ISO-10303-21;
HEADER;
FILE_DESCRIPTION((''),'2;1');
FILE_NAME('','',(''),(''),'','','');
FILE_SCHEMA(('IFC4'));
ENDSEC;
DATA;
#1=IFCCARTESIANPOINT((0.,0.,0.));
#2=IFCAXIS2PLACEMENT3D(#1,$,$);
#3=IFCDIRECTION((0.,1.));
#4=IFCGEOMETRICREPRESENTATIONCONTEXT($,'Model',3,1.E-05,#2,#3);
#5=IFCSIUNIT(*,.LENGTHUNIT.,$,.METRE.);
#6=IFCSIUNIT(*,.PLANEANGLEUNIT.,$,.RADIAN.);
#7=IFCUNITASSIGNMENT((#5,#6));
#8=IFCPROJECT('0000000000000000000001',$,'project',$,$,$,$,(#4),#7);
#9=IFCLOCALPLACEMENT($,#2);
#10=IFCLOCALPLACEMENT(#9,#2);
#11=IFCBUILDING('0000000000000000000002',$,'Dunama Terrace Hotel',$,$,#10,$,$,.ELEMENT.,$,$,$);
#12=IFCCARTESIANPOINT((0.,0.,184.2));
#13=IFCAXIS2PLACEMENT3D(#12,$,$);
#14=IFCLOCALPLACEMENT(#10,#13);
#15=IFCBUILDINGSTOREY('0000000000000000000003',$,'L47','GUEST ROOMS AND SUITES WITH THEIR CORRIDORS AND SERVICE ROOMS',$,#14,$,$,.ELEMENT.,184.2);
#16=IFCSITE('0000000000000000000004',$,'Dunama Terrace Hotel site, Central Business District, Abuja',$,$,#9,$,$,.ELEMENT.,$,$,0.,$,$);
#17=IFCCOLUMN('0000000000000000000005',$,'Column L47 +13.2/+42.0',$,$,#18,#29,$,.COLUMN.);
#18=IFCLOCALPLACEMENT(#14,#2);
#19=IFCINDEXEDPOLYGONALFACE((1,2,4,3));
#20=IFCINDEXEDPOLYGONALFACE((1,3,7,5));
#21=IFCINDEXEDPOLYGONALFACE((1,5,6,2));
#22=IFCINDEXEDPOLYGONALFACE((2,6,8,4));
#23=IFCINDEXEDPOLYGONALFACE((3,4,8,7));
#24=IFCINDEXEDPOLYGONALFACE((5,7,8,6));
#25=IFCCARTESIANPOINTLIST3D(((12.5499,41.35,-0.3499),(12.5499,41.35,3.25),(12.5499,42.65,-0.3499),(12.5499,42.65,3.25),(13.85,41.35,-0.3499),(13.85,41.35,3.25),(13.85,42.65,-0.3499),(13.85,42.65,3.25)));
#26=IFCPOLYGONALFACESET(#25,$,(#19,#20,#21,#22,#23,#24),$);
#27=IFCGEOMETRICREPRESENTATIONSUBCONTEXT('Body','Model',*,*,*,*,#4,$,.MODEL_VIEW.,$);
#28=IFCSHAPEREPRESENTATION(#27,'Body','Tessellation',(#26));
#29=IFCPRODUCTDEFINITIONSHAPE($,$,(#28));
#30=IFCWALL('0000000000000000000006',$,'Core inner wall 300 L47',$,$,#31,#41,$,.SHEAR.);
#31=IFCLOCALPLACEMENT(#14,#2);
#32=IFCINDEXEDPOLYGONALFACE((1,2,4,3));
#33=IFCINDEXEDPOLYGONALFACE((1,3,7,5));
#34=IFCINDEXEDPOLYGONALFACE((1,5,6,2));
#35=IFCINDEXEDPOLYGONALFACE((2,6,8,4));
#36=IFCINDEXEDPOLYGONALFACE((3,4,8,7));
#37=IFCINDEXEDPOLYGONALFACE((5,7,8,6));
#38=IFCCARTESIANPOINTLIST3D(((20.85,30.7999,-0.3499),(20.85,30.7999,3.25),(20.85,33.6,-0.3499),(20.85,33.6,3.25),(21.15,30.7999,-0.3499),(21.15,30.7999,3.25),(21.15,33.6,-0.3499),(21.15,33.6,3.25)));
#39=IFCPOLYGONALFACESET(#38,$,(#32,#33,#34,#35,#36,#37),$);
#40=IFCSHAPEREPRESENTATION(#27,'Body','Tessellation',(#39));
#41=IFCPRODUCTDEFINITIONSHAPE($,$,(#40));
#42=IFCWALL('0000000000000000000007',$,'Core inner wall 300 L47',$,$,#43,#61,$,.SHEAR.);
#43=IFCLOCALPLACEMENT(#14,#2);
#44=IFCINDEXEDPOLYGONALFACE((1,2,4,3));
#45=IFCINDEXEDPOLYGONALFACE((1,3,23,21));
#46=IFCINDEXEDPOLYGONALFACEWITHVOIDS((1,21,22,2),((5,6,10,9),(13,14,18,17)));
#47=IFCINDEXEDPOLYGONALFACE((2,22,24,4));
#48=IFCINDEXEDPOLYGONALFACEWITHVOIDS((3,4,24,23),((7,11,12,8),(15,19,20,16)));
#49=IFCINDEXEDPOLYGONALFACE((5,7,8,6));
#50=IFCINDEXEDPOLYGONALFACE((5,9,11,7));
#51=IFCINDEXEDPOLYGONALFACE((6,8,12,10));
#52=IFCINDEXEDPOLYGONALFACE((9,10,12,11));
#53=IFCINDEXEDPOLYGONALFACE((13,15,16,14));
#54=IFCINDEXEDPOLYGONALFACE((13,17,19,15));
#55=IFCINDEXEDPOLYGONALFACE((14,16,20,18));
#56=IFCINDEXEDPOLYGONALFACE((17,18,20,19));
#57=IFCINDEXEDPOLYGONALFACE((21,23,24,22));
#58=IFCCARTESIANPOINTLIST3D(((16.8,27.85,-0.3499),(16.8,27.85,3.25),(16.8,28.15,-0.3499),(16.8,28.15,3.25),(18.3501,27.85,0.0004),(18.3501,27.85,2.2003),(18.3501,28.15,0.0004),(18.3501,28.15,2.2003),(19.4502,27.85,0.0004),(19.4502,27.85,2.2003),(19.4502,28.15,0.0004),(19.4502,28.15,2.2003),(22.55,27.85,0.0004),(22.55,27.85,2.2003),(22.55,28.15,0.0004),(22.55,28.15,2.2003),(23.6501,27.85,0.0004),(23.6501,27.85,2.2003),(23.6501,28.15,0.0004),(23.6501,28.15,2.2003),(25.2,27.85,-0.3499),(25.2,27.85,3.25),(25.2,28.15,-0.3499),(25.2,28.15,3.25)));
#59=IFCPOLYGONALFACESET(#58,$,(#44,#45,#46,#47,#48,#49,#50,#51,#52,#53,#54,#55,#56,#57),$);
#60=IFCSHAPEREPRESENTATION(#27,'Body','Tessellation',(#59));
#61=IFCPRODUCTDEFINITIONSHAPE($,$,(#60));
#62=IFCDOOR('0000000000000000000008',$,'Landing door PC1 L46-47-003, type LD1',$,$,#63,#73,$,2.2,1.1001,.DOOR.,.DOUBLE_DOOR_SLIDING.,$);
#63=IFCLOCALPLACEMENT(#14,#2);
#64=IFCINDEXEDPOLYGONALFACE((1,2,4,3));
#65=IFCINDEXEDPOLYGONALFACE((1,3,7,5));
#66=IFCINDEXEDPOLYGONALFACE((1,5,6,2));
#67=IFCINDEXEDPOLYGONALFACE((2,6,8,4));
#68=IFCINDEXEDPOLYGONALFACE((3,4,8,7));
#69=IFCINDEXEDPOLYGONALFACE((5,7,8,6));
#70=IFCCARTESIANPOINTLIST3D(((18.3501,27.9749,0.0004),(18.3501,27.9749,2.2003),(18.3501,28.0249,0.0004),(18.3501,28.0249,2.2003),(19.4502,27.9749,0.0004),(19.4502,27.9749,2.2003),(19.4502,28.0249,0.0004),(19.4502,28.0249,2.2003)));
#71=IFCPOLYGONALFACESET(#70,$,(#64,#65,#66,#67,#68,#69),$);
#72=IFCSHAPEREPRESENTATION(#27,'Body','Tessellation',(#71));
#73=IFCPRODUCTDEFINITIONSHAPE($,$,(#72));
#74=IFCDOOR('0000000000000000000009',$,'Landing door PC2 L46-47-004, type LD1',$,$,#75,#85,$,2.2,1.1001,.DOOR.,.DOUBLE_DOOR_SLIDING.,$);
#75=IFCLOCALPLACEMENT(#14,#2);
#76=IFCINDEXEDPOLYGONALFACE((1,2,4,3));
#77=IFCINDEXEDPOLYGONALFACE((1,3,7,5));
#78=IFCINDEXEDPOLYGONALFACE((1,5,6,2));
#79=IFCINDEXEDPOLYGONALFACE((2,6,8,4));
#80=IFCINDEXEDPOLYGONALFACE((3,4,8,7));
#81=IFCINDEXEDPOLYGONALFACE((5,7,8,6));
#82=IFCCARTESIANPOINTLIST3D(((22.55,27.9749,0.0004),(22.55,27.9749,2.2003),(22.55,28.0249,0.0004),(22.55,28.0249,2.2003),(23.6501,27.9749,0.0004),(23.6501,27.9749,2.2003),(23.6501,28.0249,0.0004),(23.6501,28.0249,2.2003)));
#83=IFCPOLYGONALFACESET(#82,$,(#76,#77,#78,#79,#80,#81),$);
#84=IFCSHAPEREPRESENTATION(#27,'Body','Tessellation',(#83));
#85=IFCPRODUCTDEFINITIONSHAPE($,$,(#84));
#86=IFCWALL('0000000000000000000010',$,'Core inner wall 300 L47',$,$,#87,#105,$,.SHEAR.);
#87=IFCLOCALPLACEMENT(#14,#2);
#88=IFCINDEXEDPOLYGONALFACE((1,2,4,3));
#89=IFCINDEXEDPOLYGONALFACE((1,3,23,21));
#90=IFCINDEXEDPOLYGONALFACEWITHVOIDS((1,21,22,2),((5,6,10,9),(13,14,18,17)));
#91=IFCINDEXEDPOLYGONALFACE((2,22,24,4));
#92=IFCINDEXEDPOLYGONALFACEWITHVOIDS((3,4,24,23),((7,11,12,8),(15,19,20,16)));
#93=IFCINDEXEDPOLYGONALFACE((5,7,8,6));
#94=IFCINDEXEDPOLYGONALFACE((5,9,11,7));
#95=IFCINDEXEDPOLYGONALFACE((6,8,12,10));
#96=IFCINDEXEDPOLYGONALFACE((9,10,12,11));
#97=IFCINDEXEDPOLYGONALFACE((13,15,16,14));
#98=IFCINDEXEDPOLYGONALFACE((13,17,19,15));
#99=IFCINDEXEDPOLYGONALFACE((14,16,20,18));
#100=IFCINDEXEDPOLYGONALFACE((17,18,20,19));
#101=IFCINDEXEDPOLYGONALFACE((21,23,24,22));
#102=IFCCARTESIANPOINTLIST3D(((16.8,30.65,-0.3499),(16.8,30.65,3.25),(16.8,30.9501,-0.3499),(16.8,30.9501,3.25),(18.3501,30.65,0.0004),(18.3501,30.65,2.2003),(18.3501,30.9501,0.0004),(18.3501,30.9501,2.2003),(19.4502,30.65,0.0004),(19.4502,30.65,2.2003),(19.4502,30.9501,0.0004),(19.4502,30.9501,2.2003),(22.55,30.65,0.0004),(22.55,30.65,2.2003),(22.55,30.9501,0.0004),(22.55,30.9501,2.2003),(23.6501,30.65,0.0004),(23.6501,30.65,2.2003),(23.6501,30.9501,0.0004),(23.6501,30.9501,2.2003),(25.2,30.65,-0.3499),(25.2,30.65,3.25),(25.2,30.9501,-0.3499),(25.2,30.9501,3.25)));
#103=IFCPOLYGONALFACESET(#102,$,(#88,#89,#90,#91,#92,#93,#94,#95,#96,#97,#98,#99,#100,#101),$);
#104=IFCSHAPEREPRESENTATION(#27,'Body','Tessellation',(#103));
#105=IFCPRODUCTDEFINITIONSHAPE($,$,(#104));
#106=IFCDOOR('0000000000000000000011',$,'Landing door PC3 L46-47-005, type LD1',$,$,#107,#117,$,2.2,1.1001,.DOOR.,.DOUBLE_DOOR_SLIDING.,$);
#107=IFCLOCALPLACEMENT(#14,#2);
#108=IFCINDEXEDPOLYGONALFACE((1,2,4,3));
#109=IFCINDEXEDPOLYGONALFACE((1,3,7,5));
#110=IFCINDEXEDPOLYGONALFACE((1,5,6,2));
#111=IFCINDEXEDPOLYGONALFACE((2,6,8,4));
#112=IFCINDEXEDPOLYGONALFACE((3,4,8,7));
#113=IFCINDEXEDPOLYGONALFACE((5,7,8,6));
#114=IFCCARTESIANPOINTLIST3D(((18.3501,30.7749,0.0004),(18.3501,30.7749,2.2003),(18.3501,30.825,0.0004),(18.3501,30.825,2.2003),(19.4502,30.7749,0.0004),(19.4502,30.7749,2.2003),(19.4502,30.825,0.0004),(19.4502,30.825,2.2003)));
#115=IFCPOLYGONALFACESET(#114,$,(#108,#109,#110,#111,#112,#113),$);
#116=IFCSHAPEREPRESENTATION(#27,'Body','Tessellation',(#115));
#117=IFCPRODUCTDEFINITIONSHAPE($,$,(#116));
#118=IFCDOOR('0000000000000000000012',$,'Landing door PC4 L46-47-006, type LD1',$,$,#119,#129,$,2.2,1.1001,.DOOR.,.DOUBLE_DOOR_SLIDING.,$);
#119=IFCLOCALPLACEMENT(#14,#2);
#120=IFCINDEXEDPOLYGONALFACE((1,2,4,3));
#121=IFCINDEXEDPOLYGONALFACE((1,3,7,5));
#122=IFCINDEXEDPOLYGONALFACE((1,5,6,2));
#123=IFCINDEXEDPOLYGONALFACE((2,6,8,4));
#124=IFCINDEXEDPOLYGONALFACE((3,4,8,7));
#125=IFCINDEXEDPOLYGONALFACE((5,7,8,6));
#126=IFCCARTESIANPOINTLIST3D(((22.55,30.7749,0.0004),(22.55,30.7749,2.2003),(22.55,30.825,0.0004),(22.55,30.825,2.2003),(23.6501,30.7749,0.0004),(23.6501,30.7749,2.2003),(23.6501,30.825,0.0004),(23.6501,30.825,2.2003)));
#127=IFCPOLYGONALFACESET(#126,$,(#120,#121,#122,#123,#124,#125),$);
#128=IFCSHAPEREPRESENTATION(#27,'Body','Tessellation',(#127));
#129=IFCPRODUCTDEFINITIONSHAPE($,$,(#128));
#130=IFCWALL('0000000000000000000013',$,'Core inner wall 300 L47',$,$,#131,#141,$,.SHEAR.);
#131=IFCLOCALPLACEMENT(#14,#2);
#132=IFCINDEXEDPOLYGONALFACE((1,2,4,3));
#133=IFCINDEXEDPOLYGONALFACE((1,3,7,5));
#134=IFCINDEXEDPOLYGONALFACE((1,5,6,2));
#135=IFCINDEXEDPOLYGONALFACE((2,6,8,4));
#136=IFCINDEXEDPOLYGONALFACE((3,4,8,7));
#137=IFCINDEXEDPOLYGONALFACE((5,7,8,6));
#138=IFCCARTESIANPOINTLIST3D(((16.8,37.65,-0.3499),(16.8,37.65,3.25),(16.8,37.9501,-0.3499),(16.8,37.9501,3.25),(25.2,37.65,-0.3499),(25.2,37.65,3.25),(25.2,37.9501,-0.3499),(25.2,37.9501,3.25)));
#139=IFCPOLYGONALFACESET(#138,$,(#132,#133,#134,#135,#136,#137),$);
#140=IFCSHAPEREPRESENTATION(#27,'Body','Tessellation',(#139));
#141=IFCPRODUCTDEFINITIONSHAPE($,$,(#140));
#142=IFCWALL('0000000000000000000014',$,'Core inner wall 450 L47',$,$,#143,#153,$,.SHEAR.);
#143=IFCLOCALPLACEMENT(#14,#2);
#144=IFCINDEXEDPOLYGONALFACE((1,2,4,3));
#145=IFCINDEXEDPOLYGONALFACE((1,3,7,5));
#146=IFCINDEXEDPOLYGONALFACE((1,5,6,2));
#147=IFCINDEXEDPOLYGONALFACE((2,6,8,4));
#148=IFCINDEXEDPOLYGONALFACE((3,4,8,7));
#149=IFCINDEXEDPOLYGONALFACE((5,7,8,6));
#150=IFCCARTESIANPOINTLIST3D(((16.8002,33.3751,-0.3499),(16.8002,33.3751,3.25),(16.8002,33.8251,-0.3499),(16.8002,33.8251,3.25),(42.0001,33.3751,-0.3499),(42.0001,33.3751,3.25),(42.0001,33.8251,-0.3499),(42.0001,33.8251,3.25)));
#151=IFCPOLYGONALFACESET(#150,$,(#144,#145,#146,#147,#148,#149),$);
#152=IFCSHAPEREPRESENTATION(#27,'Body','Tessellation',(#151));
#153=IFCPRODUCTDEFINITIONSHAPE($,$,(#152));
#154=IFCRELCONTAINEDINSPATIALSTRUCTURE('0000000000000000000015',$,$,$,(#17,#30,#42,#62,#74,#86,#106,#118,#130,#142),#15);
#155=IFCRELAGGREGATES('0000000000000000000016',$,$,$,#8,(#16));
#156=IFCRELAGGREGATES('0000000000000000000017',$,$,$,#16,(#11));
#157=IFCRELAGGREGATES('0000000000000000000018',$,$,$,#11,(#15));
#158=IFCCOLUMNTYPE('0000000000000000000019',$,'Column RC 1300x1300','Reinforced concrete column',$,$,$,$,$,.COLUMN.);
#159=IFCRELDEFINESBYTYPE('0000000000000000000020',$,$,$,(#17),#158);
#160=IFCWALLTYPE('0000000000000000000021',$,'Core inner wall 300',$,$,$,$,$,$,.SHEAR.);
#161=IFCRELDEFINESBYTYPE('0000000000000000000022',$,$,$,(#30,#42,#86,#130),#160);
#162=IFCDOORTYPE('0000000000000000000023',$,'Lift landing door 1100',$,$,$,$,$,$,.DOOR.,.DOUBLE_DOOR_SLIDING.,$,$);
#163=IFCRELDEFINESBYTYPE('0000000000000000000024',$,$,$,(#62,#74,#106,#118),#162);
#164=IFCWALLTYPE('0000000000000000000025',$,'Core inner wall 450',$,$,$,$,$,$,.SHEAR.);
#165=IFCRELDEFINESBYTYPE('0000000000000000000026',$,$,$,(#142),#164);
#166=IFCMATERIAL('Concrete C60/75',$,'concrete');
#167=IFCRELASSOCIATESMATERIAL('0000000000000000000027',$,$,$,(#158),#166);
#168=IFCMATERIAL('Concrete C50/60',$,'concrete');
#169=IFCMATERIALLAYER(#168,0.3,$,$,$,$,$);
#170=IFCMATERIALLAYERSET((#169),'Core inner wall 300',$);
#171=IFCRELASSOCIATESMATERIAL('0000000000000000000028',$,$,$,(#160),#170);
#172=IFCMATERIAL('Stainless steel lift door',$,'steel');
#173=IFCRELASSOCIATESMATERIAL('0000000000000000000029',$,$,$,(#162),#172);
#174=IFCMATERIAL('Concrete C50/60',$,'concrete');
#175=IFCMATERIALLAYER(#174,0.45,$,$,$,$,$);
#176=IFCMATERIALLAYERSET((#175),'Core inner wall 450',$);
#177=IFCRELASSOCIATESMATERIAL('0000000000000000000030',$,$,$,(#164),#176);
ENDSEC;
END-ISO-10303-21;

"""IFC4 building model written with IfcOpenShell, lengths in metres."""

from ifc_helpers import new_model, si_unit, direction, frame, frame_2d, origin, origin_2d, place, context, subcontext, project, spatial, rectangle, extrude, material, layer, layer_set, material_profile, profile_set, type_object, element, fill, save


model = new_model("IFC4")

# Units and contexts
model_context = context("Model", 3, precision=1e-05, world=origin(), true_north=direction((0.0, 1.0)))
body_context = subcontext(model_context, "Body", "Model", "MODEL_VIEW")
ifc_project = project(units=[si_unit("LENGTHUNIT", "METRE"), si_unit("PLANEANGLEUNIT", "RADIAN")], contexts=[model_context])

# Site, building, storey
site_placement = place(None, origin())
site = spatial("IfcSite", under=ifc_project, at=site_placement, Name="Dunama Terrace Hotel site, Central Business District, Abuja", CompositionType="ELEMENT", RefElevation=0.0)
building_placement = place(site_placement, origin())
building = spatial("IfcBuilding", under=site, at=building_placement, Name="Dunama Terrace Hotel", CompositionType="ELEMENT")
storey_placement = place(building_placement, frame((0.0, 0.0, 184.2)))
storey = spatial("IfcBuildingStorey", under=building, at=storey_placement, Name="L47", Description="GUEST ROOMS AND SUITES WITH THEIR CORRIDORS AND SERVICE ROOMS", CompositionType="ELEMENT", Elevation=184.2)

# Column
ifc_material_1 = material(Name="Concrete C60/75", Category="concrete")
ifc_material_profile = material_profile(ifc_material_1, rectangle(XDim=1.3, YDim=1.3, at=origin_2d()), Name="RC 1300x1300")
ifc_profile_set = profile_set([ifc_material_profile], Name="Concrete C60/75")
column_type = type_object("IfcColumnType", Name="Column RC 1300x1300", Description="Reinforced concrete column", PredefinedType="COLUMN", material=ifc_profile_set)
column_placement = place(storey_placement, frame((13.2, 42.0, -0.3499), z_axis=(0.0, 0.0, 1.0), x_axis=(1.0, 0.0, 0.0)))
element("IfcColumn", 1, at=column_placement, inside=storey, type_object=column_type, Name="Column L47 +13.2/+42.0", PredefinedType="COLUMN", context=body_context, shape_type="SweptSolid", body=[
    extrude(rectangle(XDim=1.3, YDim=1.3, at=origin_2d()), origin(), (0.0, 0.0, 1.0), 3.5999),
])

# Wall
ifc_material_2 = material(Name="Concrete C50/60", Category="concrete")
ifc_layer_1 = layer(ifc_material_2, 0.3)
ifc_layer_set_1 = layer_set([ifc_layer_1], Name="Core inner wall 300")
wall_type_1 = type_object("IfcWallType", Name="Core inner wall 300", PredefinedType="SHEAR", material=ifc_layer_set_1)
wall_1_placement = place(storey_placement, frame((21.0, 30.8, -0.3499), z_axis=(0.0, 0.0, 1.0), x_axis=(0.0, 1.0, 0.0)))
element("IfcWall", 2, at=wall_1_placement, inside=storey, type_object=wall_type_1, Name="Core inner wall 300 L47", PredefinedType="SHEAR", context=body_context, shape_type="SweptSolid", body=[
    extrude(rectangle(XDim=2.8, YDim=0.3, at=frame_2d((1.3999, 0.0))), origin(), (0.0, 0.0, 1.0), 3.5999),
])

# Walls, openings, doors
wall_2_placement = place(storey_placement, frame((16.8, 28.0, -0.3499), z_axis=(0.0, 0.0, 1.0), x_axis=(1.0, 0.0, 0.0)))
wall_2 = element("IfcWall", 3, at=wall_2_placement, inside=storey, type_object=wall_type_1, Name="Core inner wall 300 L47", PredefinedType="SHEAR", context=body_context, shape_type="SweptSolid", body=[
    extrude(rectangle(XDim=8.3999, YDim=0.3, at=frame_2d((4.2, 0.0))), origin(), (0.0, 0.0, 1.0), 3.5999),
])
opening_1_placement = place(wall_2_placement, frame((1.55, 0.0, 0.3501)))
opening_1 = element("IfcOpeningElement", 4, at=opening_1_placement, cuts=wall_2, PredefinedType="OPENING", context=body_context, shape_type="SweptSolid", body=[
    extrude(rectangle(XDim=1.1001, YDim=2.2, at=frame_2d((0.55, 1.1001))), frame((0.0, 0.1599, 0.0), z_axis=(0.0, -1.0, 0.0), x_axis=(1.0, 0.0, 0.0)), (0.0, 0.0, 1.0), 0.3201),
])
opening_2_placement = place(wall_2_placement, frame((5.75, 0.0, 0.3501)))
opening_2 = element("IfcOpeningElement", 5, at=opening_2_placement, cuts=wall_2, PredefinedType="OPENING", context=body_context, shape_type="SweptSolid", body=[
    extrude(rectangle(XDim=1.1001, YDim=2.2, at=frame_2d((0.55, 1.1001))), frame((0.0, 0.1599, 0.0), z_axis=(0.0, -1.0, 0.0), x_axis=(1.0, 0.0, 0.0)), (0.0, 0.0, 1.0), 0.3201),
])
ifc_material_3 = material(Name="Stainless steel lift door", Category="steel")
door_type_1 = type_object("IfcDoorType", Name="Lift landing door 1100", OperationType="DOUBLE_DOOR_SLIDING", PredefinedType="DOOR", material=ifc_material_3)
door_1_placement = place(opening_1_placement, origin())
door_1 = element("IfcDoor", 6, at=door_1_placement, inside=storey, type_object=door_type_1, Name="Landing door PC1 L46-47-003, type LD1", OperationType="DOUBLE_DOOR_SLIDING", OverallHeight=2.2, OverallWidth=1.1001, PredefinedType="DOOR", context=body_context, shape_type="SweptSolid", body=[
    extrude(rectangle(XDim=1.1001, YDim=2.2, at=frame_2d((0.55, 1.1001))), frame((0.0, 0.0249, 0.0), z_axis=(0.0, -1.0, 0.0), x_axis=(1.0, 0.0, 0.0)), (0.0, 0.0, 1.0), 0.05),
])
fill(opening_1, door_1)
door_2_placement = place(opening_2_placement, origin())
door_2 = element("IfcDoor", 7, at=door_2_placement, inside=storey, type_object=door_type_1, Name="Landing door PC2 L46-47-004, type LD1", OperationType="DOUBLE_DOOR_SLIDING", OverallHeight=2.2, OverallWidth=1.1001, PredefinedType="DOOR", context=body_context, shape_type="SweptSolid", body=[
    extrude(rectangle(XDim=1.1001, YDim=2.2, at=frame_2d((0.55, 1.1001))), frame((0.0, 0.0249, 0.0), z_axis=(0.0, -1.0, 0.0), x_axis=(1.0, 0.0, 0.0)), (0.0, 0.0, 1.0), 0.05),
])
fill(opening_2, door_2)
wall_3_placement = place(storey_placement, frame((16.8, 30.8, -0.3499), z_axis=(0.0, 0.0, 1.0), x_axis=(1.0, 0.0, 0.0)))
wall_3 = element("IfcWall", 8, at=wall_3_placement, inside=storey, type_object=wall_type_1, Name="Core inner wall 300 L47", PredefinedType="SHEAR", context=body_context, shape_type="SweptSolid", body=[
    extrude(rectangle(XDim=8.3999, YDim=0.3, at=frame_2d((4.2, 0.0))), origin(), (0.0, 0.0, 1.0), 3.5999),
])
opening_3_placement = place(wall_3_placement, frame((1.55, 0.0, 0.3501)))
opening_3 = element("IfcOpeningElement", 9, at=opening_3_placement, cuts=wall_3, PredefinedType="OPENING", context=body_context, shape_type="SweptSolid", body=[
    extrude(rectangle(XDim=1.1001, YDim=2.2, at=frame_2d((0.55, 1.1001))), frame((0.0, 0.1599, 0.0), z_axis=(0.0, -1.0, 0.0), x_axis=(1.0, 0.0, 0.0)), (0.0, 0.0, 1.0), 0.3201),
])
opening_4_placement = place(wall_3_placement, frame((5.75, 0.0, 0.3501)))
opening_4 = element("IfcOpeningElement", 10, at=opening_4_placement, cuts=wall_3, PredefinedType="OPENING", context=body_context, shape_type="SweptSolid", body=[
    extrude(rectangle(XDim=1.1001, YDim=2.2, at=frame_2d((0.55, 1.1001))), frame((0.0, 0.1599, 0.0), z_axis=(0.0, -1.0, 0.0), x_axis=(1.0, 0.0, 0.0)), (0.0, 0.0, 1.0), 0.3201),
])
door_3_placement = place(opening_3_placement, origin())
door_3 = element("IfcDoor", 11, at=door_3_placement, inside=storey, type_object=door_type_1, Name="Landing door PC3 L46-47-005, type LD1", OperationType="DOUBLE_DOOR_SLIDING", OverallHeight=2.2, OverallWidth=1.1001, PredefinedType="DOOR", context=body_context, shape_type="SweptSolid", body=[
    extrude(rectangle(XDim=1.1001, YDim=2.2, at=frame_2d((0.55, 1.1001))), frame((0.0, 0.0249, 0.0), z_axis=(0.0, -1.0, 0.0), x_axis=(1.0, 0.0, 0.0)), (0.0, 0.0, 1.0), 0.05),
])
fill(opening_3, door_3)
door_4_placement = place(opening_4_placement, origin())
door_4 = element("IfcDoor", 12, at=door_4_placement, inside=storey, type_object=door_type_1, Name="Landing door PC4 L46-47-006, type LD1", OperationType="DOUBLE_DOOR_SLIDING", OverallHeight=2.2, OverallWidth=1.1001, PredefinedType="DOOR", context=body_context, shape_type="SweptSolid", body=[
    extrude(rectangle(XDim=1.1001, YDim=2.2, at=frame_2d((0.55, 1.1001))), frame((0.0, 0.0249, 0.0), z_axis=(0.0, -1.0, 0.0), x_axis=(1.0, 0.0, 0.0)), (0.0, 0.0, 1.0), 0.05),
])
fill(opening_4, door_4)

# Walls
wall_4_placement = place(storey_placement, frame((16.8, 37.8, -0.3499), z_axis=(0.0, 0.0, 1.0), x_axis=(1.0, 0.0, 0.0)))
element("IfcWall", 13, at=wall_4_placement, inside=storey, type_object=wall_type_1, Name="Core inner wall 300 L47", PredefinedType="SHEAR", context=body_context, shape_type="SweptSolid", body=[
    extrude(rectangle(XDim=8.3999, YDim=0.3, at=frame_2d((4.2, 0.0))), origin(), (0.0, 0.0, 1.0), 3.5999),
])
ifc_material_4 = material(Name="Concrete C50/60", Category="concrete")
ifc_layer_2 = layer(ifc_material_4, 0.45)
ifc_layer_set_2 = layer_set([ifc_layer_2], Name="Core inner wall 450")
wall_type_2 = type_object("IfcWallType", Name="Core inner wall 450", PredefinedType="SHEAR", material=ifc_layer_set_2)
wall_5_placement = place(storey_placement, frame((16.8, 33.6001, -0.3499), z_axis=(0.0, 0.0, 1.0), x_axis=(1.0, 0.0, 0.0)))
element("IfcWall", 14, at=wall_5_placement, inside=storey, type_object=wall_type_2, Name="Core inner wall 450 L47", PredefinedType="SHEAR", context=body_context, shape_type="SweptSolid", body=[
    extrude(rectangle(XDim=25.2, YDim=0.45, at=frame_2d((12.6001, 0.0))), origin(), (0.0, 0.0, 1.0), 3.5999),
])

save(model, "model.ifc")
